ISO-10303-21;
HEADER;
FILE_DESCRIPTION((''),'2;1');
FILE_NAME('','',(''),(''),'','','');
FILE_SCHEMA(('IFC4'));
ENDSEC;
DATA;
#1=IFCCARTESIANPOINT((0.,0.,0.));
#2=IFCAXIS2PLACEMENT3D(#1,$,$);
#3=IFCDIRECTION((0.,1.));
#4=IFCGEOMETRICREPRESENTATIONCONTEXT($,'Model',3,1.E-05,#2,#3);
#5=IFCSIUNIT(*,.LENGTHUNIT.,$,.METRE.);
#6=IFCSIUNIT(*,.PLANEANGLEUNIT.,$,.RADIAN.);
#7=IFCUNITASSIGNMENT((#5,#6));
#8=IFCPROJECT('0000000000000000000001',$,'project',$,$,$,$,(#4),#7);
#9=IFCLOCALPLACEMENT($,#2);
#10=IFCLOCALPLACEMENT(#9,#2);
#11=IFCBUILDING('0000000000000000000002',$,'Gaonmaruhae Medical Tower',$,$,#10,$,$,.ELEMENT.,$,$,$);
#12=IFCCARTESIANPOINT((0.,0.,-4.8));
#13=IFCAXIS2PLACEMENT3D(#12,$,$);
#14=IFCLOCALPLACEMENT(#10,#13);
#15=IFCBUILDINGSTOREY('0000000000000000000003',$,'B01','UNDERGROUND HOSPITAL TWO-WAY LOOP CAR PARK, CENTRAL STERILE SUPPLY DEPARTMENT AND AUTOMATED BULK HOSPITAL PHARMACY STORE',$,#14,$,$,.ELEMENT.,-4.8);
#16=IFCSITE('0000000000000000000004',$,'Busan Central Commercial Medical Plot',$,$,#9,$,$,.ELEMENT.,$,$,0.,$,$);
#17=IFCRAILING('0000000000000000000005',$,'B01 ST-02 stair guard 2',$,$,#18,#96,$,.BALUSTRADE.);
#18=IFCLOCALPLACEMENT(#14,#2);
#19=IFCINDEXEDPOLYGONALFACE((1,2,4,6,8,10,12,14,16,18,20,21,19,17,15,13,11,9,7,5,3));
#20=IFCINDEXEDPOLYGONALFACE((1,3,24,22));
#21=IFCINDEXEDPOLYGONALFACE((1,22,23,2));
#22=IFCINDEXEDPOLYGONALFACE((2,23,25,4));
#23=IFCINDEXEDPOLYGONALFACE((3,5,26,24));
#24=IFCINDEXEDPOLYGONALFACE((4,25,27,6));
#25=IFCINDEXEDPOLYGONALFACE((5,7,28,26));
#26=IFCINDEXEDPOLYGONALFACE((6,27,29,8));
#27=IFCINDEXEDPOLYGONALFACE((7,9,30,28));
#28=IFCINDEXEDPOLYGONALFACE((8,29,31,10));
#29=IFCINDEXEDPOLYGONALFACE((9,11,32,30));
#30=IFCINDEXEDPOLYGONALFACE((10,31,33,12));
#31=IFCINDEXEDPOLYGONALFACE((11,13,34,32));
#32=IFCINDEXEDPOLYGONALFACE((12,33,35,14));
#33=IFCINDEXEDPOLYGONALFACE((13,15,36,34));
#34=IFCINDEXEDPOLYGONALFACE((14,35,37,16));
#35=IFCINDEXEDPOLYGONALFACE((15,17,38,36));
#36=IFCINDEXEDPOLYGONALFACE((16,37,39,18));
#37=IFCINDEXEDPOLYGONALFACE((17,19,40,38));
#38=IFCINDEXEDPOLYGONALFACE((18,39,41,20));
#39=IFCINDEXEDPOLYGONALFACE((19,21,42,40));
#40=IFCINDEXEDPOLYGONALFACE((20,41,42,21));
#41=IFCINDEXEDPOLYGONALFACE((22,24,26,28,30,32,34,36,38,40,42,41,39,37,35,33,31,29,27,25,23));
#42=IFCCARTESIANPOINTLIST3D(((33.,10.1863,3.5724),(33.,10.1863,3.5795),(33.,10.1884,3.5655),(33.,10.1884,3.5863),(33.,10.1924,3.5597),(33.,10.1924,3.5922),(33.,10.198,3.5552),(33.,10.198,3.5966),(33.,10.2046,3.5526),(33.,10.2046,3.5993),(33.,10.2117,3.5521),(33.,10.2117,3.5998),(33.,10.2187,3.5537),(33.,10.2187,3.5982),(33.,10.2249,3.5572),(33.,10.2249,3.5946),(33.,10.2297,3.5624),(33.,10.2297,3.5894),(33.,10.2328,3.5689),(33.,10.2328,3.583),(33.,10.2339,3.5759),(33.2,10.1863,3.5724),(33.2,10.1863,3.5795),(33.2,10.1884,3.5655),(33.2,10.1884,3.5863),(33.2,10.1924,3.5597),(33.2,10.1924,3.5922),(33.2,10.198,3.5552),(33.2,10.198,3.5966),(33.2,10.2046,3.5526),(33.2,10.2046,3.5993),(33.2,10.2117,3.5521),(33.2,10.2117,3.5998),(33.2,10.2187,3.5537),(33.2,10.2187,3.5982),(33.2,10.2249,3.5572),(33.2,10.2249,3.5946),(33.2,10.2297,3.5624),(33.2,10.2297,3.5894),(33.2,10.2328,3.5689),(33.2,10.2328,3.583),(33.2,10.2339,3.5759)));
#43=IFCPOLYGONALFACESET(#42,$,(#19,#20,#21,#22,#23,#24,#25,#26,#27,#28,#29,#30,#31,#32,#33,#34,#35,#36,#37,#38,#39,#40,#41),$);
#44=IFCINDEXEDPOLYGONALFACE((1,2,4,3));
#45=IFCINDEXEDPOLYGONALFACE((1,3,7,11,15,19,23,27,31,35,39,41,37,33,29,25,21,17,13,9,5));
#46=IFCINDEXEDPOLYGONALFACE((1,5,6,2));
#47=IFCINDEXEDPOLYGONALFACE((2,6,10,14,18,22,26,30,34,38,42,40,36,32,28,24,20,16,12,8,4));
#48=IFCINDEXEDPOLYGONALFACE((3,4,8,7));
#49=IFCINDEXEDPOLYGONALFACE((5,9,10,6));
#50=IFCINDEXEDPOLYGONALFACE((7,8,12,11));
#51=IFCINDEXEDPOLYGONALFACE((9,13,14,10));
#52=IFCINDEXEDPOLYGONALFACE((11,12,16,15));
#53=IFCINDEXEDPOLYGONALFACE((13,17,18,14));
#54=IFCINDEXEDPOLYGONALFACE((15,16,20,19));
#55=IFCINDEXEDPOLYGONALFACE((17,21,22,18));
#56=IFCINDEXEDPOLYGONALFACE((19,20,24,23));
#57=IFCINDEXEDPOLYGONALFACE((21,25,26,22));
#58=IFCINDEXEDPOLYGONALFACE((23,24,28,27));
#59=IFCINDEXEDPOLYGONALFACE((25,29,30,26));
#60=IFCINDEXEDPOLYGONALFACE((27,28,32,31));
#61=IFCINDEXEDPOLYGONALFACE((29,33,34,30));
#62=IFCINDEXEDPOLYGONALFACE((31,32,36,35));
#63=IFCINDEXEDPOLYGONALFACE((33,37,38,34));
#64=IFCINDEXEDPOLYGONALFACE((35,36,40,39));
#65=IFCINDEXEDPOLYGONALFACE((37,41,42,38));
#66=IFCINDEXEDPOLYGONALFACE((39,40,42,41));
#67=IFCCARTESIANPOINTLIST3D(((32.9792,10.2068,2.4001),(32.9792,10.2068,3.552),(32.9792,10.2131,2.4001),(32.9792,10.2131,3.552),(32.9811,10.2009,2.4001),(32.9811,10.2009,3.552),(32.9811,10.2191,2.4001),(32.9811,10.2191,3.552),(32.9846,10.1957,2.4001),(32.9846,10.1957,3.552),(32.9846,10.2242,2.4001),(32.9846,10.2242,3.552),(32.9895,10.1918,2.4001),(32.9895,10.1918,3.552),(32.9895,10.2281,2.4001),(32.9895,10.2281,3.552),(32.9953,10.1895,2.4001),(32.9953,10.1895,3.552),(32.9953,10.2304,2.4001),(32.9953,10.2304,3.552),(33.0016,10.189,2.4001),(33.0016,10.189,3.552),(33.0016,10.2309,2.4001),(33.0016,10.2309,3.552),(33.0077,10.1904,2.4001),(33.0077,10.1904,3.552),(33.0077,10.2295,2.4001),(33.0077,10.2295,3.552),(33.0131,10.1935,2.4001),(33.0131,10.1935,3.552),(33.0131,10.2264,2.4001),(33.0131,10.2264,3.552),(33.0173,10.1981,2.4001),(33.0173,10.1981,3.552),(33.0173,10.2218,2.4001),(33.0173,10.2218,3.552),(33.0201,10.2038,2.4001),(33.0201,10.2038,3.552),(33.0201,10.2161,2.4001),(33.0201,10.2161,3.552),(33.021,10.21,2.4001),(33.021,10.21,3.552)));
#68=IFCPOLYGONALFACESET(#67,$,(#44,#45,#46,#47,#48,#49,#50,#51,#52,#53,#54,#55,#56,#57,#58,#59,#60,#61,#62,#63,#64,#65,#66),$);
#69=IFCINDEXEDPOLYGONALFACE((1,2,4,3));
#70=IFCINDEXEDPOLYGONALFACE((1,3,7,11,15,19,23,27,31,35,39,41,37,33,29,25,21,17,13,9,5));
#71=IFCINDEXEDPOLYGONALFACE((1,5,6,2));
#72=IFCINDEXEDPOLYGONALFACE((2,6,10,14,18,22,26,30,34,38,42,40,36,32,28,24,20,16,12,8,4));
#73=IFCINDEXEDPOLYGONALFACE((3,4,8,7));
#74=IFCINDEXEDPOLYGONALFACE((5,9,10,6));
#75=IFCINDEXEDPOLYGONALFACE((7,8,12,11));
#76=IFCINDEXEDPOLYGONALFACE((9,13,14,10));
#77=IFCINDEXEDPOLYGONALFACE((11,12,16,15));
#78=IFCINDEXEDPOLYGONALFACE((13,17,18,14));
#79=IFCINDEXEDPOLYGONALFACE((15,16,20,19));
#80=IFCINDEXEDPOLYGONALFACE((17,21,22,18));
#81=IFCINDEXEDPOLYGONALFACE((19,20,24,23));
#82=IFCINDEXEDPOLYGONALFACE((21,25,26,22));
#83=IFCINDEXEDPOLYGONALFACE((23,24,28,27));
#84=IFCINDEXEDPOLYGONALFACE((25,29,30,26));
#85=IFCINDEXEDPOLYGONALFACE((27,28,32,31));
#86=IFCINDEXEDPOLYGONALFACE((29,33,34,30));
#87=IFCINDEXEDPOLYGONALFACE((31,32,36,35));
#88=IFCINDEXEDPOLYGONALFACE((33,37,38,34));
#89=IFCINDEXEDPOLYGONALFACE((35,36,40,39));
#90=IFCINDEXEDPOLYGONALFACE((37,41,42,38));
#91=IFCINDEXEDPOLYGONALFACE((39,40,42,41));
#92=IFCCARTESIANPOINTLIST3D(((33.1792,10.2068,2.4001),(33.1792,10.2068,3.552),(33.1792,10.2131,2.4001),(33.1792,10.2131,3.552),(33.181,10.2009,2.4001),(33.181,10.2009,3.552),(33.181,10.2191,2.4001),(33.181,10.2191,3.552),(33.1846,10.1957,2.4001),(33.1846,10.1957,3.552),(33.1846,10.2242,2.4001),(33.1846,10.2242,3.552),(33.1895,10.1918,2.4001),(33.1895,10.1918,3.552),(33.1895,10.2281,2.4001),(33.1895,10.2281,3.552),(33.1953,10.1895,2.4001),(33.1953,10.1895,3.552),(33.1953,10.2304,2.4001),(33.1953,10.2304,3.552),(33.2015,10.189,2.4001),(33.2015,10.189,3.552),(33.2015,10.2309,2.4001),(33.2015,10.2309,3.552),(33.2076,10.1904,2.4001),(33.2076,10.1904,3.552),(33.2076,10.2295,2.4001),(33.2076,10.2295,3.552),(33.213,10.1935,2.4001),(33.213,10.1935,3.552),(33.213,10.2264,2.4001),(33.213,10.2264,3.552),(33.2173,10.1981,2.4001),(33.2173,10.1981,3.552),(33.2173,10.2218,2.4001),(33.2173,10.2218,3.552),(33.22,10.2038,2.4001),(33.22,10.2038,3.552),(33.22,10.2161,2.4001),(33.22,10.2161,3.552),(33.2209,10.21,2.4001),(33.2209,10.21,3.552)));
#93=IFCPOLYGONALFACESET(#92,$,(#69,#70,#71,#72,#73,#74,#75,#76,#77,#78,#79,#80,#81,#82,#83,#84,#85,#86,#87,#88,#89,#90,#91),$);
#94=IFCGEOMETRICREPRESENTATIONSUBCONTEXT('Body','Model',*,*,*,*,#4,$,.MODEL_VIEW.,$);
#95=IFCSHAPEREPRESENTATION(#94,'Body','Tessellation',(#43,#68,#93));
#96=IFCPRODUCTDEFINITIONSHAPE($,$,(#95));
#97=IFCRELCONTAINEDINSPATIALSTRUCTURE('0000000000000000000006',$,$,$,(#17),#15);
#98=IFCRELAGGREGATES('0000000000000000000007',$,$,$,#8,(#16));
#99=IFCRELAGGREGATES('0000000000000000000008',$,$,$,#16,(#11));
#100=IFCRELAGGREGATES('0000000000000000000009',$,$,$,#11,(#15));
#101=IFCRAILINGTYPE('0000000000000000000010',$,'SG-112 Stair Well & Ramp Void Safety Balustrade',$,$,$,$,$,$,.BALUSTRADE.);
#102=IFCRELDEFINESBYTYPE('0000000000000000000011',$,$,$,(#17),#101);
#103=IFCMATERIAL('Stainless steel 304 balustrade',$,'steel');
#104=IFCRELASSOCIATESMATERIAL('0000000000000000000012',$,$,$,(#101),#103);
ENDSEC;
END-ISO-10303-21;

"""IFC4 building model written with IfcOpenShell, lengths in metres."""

from ifc_helpers import new_model, si_unit, direction, frame, origin, origin_2d, place, context, subcontext, project, spatial, circle, extrude, material, type_object, element, save


model = new_model("IFC4")

# Units and contexts
model_context = context("Model", 3, precision=1e-05, world=origin(), true_north=direction((0.0, 1.0)))
body_context = subcontext(model_context, "Body", "Model", "MODEL_VIEW")
ifc_project = project(units=[si_unit("LENGTHUNIT", "METRE"), si_unit("PLANEANGLEUNIT", "RADIAN")], contexts=[model_context])

# Site, building, storey
site_placement = place(None, origin())
site = spatial("IfcSite", under=ifc_project, at=site_placement, Name="Busan Central Commercial Medical Plot", CompositionType="ELEMENT", RefElevation=0.0)
building_placement = place(site_placement, origin())
building = spatial("IfcBuilding", under=site, at=building_placement, Name="Gaonmaruhae Medical Tower", CompositionType="ELEMENT")
storey_placement = place(building_placement, frame((0.0, 0.0, -4.8)))
storey = spatial("IfcBuildingStorey", under=building, at=storey_placement, Name="B01", Description="UNDERGROUND HOSPITAL TWO-WAY LOOP CAR PARK, CENTRAL STERILE SUPPLY DEPARTMENT AND AUTOMATED BULK HOSPITAL PHARMACY STORE", CompositionType="ELEMENT", Elevation=-4.8)

# Railing
ifc_material_1 = material(Name="Stainless steel 304 balustrade", Category="steel")
railing_type_1 = type_object("IfcRailingType", Name="SG-112 Stair Well & Ramp Void Safety Balustrade", PredefinedType="BALUSTRADE", material=ifc_material_1)
railing_1_placement = place(storey_placement, frame((33.0, 10.21, 2.4001)))
element("IfcRailing", 1, at=railing_1_placement, inside=storey, type_object=railing_type_1, Name="B01 ST-02 stair guard 2", PredefinedType="BALUSTRADE", context=body_context, shape_type="SweptSolid", body=[
    extrude(circle(Radius=0.0239, at=origin_2d()), frame((0.0, 0.0, 1.1758), z_axis=(1.0, 0.0, 0.0), x_axis=(0.0, 1.0, 0.0)), (0.0, 0.0, 1.0), 0.2),
    extrude(circle(Radius=0.021, at=origin_2d()), origin(), (0.0, 0.0, 1.0), 1.1519),
    extrude(circle(Radius=0.021, at=origin_2d()), frame((0.2, 0.0, 0.0)), (0.0, 0.0, 1.0), 1.1519),
])

save(model, "model.ifc")
